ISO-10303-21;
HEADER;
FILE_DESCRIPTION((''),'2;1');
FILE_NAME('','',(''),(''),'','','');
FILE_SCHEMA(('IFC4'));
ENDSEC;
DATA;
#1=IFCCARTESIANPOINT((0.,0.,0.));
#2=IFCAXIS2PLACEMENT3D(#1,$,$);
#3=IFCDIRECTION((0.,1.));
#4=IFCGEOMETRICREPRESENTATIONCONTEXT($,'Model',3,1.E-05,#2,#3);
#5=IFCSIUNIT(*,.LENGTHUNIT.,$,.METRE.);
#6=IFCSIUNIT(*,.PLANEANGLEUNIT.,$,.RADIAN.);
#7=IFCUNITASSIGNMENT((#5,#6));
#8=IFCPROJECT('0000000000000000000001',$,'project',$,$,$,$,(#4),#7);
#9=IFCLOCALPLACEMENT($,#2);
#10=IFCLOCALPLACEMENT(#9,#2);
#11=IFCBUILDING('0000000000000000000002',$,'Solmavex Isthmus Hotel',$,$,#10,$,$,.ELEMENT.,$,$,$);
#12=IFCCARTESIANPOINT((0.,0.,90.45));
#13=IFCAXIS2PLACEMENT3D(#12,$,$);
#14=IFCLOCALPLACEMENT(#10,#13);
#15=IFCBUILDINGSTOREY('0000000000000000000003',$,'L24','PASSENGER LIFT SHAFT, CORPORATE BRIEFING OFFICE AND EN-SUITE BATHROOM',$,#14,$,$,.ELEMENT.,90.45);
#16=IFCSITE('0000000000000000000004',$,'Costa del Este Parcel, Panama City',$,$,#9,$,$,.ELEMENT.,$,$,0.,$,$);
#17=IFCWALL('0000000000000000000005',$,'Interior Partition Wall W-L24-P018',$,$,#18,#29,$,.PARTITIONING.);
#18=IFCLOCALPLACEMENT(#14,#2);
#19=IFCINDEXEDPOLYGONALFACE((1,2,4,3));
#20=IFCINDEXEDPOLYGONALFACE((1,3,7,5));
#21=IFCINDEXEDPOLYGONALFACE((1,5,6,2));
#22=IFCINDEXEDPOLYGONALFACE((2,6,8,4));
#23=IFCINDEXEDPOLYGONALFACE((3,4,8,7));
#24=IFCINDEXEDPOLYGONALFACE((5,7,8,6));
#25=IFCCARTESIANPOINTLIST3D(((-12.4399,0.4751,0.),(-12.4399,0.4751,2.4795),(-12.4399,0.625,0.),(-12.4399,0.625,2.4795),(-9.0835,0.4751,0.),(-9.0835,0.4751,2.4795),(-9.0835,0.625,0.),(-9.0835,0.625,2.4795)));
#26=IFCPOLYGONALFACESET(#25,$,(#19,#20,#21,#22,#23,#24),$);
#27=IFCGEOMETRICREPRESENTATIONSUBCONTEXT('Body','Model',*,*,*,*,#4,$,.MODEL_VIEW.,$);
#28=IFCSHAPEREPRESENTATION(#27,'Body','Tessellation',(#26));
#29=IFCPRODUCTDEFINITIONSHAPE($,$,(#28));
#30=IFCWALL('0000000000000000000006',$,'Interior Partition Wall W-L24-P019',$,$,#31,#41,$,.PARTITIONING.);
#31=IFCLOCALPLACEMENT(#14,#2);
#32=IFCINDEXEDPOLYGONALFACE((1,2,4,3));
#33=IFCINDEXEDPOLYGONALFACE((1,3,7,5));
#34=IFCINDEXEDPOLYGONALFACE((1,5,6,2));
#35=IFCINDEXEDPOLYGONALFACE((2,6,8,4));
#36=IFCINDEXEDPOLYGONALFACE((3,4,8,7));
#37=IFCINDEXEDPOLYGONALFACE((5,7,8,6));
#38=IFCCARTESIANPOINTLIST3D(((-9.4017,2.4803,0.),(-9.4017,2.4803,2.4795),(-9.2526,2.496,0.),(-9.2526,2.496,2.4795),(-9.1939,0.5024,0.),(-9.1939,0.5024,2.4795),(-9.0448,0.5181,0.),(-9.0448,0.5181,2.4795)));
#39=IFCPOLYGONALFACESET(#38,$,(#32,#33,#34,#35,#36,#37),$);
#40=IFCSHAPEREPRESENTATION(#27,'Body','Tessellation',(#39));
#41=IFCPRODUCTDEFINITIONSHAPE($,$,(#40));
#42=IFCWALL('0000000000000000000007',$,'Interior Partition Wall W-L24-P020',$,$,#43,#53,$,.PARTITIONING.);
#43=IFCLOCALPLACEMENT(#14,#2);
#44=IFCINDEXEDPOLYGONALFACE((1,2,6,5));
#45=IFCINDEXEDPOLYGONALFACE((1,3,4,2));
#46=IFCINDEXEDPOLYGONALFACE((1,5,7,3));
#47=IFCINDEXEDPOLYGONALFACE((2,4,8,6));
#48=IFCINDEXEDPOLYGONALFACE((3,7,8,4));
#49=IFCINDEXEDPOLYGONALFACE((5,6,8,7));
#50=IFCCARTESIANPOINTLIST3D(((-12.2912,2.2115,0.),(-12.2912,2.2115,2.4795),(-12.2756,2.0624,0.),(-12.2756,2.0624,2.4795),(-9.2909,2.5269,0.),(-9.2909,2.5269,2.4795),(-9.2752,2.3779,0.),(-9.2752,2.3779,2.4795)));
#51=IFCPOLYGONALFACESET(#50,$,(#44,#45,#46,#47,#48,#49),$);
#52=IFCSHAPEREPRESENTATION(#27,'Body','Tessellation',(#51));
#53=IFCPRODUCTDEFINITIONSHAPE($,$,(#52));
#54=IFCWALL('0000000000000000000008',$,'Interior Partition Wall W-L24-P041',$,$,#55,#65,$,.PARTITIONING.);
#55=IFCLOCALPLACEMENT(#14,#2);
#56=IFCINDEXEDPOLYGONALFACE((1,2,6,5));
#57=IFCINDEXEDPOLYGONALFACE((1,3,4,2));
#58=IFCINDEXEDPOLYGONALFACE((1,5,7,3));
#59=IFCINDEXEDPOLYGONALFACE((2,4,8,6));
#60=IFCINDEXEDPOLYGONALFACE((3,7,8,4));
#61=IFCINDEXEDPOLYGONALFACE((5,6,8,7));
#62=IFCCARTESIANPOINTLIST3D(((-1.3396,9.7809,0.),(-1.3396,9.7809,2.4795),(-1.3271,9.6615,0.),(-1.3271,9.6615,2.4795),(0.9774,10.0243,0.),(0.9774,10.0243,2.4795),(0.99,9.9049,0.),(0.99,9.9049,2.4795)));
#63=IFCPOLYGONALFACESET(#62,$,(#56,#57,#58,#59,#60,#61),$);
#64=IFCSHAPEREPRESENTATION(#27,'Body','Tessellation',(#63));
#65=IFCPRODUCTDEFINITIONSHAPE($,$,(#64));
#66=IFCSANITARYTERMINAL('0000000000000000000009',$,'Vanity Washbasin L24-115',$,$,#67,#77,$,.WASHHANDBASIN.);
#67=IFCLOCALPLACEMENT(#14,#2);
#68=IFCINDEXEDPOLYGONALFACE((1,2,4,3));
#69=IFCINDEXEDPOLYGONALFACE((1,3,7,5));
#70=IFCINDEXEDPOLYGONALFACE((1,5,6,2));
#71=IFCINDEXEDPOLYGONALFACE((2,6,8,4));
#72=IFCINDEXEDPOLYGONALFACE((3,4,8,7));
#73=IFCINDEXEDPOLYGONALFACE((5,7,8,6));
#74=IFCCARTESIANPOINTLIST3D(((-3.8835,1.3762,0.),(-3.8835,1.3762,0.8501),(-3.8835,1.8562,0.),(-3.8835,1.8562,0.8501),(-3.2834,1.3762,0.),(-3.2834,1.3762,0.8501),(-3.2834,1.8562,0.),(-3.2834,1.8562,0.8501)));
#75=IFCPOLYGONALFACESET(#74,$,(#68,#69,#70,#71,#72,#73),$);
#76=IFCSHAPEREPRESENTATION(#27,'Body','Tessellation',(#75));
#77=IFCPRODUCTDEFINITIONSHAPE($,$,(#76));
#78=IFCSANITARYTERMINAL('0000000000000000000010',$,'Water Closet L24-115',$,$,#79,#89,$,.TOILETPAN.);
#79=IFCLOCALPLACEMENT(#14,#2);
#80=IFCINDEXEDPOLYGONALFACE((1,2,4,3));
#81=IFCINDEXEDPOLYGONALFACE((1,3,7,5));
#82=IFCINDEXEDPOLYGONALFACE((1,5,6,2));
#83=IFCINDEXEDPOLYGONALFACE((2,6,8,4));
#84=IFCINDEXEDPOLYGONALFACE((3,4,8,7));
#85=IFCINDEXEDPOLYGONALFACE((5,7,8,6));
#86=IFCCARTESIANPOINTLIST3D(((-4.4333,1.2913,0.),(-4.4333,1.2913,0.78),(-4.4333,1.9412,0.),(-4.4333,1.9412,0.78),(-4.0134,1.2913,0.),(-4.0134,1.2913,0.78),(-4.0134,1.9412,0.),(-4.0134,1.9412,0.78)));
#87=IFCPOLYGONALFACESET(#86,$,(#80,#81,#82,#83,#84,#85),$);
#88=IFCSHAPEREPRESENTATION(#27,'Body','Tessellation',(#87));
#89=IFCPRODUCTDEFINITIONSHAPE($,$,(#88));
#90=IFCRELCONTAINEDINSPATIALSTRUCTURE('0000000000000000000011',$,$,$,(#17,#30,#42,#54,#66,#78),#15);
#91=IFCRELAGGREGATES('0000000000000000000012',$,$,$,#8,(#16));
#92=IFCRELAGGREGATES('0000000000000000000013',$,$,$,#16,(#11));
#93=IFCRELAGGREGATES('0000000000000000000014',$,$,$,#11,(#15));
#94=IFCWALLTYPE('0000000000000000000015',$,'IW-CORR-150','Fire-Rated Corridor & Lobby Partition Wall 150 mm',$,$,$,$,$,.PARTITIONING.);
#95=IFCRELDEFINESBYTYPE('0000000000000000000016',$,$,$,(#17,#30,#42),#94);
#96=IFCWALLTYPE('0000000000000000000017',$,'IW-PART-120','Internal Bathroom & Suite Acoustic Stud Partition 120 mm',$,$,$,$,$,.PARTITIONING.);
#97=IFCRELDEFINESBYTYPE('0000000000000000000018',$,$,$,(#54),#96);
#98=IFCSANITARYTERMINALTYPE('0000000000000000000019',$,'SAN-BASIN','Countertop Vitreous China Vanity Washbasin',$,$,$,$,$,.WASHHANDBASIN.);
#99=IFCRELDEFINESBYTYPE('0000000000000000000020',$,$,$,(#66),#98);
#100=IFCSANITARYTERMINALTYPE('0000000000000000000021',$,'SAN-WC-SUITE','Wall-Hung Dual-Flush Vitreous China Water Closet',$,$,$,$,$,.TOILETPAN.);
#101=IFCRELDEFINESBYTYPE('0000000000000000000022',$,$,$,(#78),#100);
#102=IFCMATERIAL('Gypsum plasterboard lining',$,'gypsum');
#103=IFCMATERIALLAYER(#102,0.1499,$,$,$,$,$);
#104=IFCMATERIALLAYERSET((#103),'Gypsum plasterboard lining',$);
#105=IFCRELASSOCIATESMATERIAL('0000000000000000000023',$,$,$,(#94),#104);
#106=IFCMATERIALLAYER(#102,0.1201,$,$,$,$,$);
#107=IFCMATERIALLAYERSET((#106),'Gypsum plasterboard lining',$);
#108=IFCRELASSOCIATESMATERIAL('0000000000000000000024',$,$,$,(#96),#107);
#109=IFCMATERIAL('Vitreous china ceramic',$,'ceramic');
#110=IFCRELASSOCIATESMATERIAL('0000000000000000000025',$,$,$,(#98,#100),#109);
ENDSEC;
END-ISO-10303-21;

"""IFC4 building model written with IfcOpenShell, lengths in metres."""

from ifc_helpers import new_model, si_unit, direction, frame, frame_2d, origin, origin_2d, place, context, subcontext, project, spatial, rectangle, extrude, material, layer, layer_set, type_object, element, save


model = new_model("IFC4")

# Units and contexts
model_context = context("Model", 3, precision=1e-05, world=origin(), true_north=direction((0.0, 1.0)))
body_context = subcontext(model_context, "Body", "Model", "MODEL_VIEW")
ifc_project = project(units=[si_unit("LENGTHUNIT", "METRE"), si_unit("PLANEANGLEUNIT", "RADIAN")], contexts=[model_context])

# Site, building, storey
site_placement = place(None, origin())
site = spatial("IfcSite", under=ifc_project, at=site_placement, Name="Costa del Este Parcel, Panama City", CompositionType="ELEMENT", RefElevation=0.0)
building_placement = place(site_placement, origin())
building = spatial("IfcBuilding", under=site, at=building_placement, Name="Solmavex Isthmus Hotel", CompositionType="ELEMENT")
storey_placement = place(building_placement, frame((0.0, 0.0, 90.45)))
storey = spatial("IfcBuildingStorey", under=building, at=storey_placement, Name="L24", Description="PASSENGER LIFT SHAFT, CORPORATE BRIEFING OFFICE AND EN-SUITE BATHROOM", CompositionType="ELEMENT", Elevation=90.45)

# Shared definitions
ifc_material_1 = material(Name="Gypsum plasterboard lining", Category="gypsum")

# Shared definitions
ifc_layer_1 = layer(ifc_material_1, 0.1499)
ifc_layer_set_1 = layer_set([ifc_layer_1], Name="Gypsum plasterboard lining")
wall_type_1 = type_object("IfcWallType", Name="IW-CORR-150", Description="Fire-Rated Corridor & Lobby Partition Wall 150 mm", PredefinedType="PARTITIONING", material=ifc_layer_set_1)

# Walls
wall_1_placement = place(storey_placement, frame((-12.4399, 0.55, 0.0), z_axis=(0.0, 0.0, 1.0), x_axis=(1.0, 0.0, 0.0)))
element("IfcWall", 1, at=wall_1_placement, inside=storey, type_object=wall_type_1, Name="Interior Partition Wall W-L24-P018", PredefinedType="PARTITIONING", context=body_context, shape_type="SweptSolid", body=[
    extrude(rectangle(XDim=3.3564, YDim=0.1499, at=frame_2d((1.6782, 0.0))), origin(), (0.0, 0.0, 1.0), 2.4795),
])
wall_2_placement = place(storey_placement, frame((-9.1194, 0.5103, 0.0), z_axis=(0.0, 0.0, 1.0), x_axis=(-0.104474, 0.994528, 0.0)))
element("IfcWall", 2, at=wall_2_placement, inside=storey, type_object=wall_type_1, Name="Interior Partition Wall W-L24-P019", PredefinedType="PARTITIONING", context=body_context, shape_type="SweptSolid", body=[
    extrude(rectangle(XDim=1.9888, YDim=0.1499, at=frame_2d((0.9944, 0.0))), origin(), (0.0, 0.0, 1.0), 2.4795),
])
wall_3_placement = place(storey_placement, frame((-9.2832, 2.4524, 0.0), z_axis=(0.0, 0.0, 1.0), x_axis=(-0.994519, -0.104558, 0.0)))
element("IfcWall", 3, at=wall_3_placement, inside=storey, type_object=wall_type_1, Name="Interior Partition Wall W-L24-P020", PredefinedType="PARTITIONING", context=body_context, shape_type="SweptSolid", body=[
    extrude(rectangle(XDim=3.0168, YDim=0.1499, at=frame_2d((1.5083, 0.0))), origin(), (0.0, 0.0, 1.0), 2.4795),
])

# Wall
ifc_layer_2 = layer(ifc_material_1, 0.1201)
ifc_layer_set_2 = layer_set([ifc_layer_2], Name="Gypsum plasterboard lining")
wall_type_2 = type_object("IfcWallType", Name="IW-PART-120", Description="Internal Bathroom & Suite Acoustic Stud Partition 120 mm", PredefinedType="PARTITIONING", material=ifc_layer_set_2)
wall_4_placement = place(storey_placement, frame((-1.3335, 9.7212, 0.0), z_axis=(0.0, 0.0, 1.0), x_axis=(0.994528, 0.104472, 0.0)))
element("IfcWall", 4, at=wall_4_placement, inside=storey, type_object=wall_type_2, Name="Interior Partition Wall W-L24-P041", PredefinedType="PARTITIONING", context=body_context, shape_type="SweptSolid", body=[
    extrude(rectangle(XDim=2.3298, YDim=0.1201, at=frame_2d((1.165, 0.0))), origin(), (0.0, 0.0, 1.0), 2.4795),
])

# Sanitary terminals
ifc_material_2 = material(Name="Vitreous china ceramic", Category="ceramic")
sanitary_terminal_type_1 = type_object("IfcSanitaryTerminalType", Name="SAN-BASIN", Description="Countertop Vitreous China Vanity Washbasin", PredefinedType="WASHHANDBASIN", material=ifc_material_2)
sanitary_terminal_1_placement = place(storey_placement, frame((-3.5835, 1.6162, 0.0), z_axis=(0.0, 0.0, 1.0), x_axis=(1.0, 0.0, 0.0)))
element("IfcSanitaryTerminal", 5, at=sanitary_terminal_1_placement, inside=storey, type_object=sanitary_terminal_type_1, Name="Vanity Washbasin L24-115", PredefinedType="WASHHANDBASIN", context=body_context, shape_type="SweptSolid", body=[
    extrude(rectangle(XDim=0.6001, YDim=0.48, at=origin_2d()), origin(), (0.0, 0.0, 1.0), 0.8501),
])
sanitary_terminal_type_2 = type_object("IfcSanitaryTerminalType", Name="SAN-WC-SUITE", Description="Wall-Hung Dual-Flush Vitreous China Water Closet", PredefinedType="TOILETPAN", material=ifc_material_2)
sanitary_terminal_2_placement = place(storey_placement, frame((-4.2234, 1.6162, 0.0), z_axis=(0.0, 0.0, 1.0), x_axis=(1.0, 0.0, 0.0)))
element("IfcSanitaryTerminal", 6, at=sanitary_terminal_2_placement, inside=storey, type_object=sanitary_terminal_type_2, Name="Water Closet L24-115", PredefinedType="TOILETPAN", context=body_context, shape_type="SweptSolid", body=[
    extrude(rectangle(XDim=0.4199, YDim=0.6499, at=origin_2d()), origin(), (0.0, 0.0, 1.0), 0.78),
])

save(model, "model.ifc")
